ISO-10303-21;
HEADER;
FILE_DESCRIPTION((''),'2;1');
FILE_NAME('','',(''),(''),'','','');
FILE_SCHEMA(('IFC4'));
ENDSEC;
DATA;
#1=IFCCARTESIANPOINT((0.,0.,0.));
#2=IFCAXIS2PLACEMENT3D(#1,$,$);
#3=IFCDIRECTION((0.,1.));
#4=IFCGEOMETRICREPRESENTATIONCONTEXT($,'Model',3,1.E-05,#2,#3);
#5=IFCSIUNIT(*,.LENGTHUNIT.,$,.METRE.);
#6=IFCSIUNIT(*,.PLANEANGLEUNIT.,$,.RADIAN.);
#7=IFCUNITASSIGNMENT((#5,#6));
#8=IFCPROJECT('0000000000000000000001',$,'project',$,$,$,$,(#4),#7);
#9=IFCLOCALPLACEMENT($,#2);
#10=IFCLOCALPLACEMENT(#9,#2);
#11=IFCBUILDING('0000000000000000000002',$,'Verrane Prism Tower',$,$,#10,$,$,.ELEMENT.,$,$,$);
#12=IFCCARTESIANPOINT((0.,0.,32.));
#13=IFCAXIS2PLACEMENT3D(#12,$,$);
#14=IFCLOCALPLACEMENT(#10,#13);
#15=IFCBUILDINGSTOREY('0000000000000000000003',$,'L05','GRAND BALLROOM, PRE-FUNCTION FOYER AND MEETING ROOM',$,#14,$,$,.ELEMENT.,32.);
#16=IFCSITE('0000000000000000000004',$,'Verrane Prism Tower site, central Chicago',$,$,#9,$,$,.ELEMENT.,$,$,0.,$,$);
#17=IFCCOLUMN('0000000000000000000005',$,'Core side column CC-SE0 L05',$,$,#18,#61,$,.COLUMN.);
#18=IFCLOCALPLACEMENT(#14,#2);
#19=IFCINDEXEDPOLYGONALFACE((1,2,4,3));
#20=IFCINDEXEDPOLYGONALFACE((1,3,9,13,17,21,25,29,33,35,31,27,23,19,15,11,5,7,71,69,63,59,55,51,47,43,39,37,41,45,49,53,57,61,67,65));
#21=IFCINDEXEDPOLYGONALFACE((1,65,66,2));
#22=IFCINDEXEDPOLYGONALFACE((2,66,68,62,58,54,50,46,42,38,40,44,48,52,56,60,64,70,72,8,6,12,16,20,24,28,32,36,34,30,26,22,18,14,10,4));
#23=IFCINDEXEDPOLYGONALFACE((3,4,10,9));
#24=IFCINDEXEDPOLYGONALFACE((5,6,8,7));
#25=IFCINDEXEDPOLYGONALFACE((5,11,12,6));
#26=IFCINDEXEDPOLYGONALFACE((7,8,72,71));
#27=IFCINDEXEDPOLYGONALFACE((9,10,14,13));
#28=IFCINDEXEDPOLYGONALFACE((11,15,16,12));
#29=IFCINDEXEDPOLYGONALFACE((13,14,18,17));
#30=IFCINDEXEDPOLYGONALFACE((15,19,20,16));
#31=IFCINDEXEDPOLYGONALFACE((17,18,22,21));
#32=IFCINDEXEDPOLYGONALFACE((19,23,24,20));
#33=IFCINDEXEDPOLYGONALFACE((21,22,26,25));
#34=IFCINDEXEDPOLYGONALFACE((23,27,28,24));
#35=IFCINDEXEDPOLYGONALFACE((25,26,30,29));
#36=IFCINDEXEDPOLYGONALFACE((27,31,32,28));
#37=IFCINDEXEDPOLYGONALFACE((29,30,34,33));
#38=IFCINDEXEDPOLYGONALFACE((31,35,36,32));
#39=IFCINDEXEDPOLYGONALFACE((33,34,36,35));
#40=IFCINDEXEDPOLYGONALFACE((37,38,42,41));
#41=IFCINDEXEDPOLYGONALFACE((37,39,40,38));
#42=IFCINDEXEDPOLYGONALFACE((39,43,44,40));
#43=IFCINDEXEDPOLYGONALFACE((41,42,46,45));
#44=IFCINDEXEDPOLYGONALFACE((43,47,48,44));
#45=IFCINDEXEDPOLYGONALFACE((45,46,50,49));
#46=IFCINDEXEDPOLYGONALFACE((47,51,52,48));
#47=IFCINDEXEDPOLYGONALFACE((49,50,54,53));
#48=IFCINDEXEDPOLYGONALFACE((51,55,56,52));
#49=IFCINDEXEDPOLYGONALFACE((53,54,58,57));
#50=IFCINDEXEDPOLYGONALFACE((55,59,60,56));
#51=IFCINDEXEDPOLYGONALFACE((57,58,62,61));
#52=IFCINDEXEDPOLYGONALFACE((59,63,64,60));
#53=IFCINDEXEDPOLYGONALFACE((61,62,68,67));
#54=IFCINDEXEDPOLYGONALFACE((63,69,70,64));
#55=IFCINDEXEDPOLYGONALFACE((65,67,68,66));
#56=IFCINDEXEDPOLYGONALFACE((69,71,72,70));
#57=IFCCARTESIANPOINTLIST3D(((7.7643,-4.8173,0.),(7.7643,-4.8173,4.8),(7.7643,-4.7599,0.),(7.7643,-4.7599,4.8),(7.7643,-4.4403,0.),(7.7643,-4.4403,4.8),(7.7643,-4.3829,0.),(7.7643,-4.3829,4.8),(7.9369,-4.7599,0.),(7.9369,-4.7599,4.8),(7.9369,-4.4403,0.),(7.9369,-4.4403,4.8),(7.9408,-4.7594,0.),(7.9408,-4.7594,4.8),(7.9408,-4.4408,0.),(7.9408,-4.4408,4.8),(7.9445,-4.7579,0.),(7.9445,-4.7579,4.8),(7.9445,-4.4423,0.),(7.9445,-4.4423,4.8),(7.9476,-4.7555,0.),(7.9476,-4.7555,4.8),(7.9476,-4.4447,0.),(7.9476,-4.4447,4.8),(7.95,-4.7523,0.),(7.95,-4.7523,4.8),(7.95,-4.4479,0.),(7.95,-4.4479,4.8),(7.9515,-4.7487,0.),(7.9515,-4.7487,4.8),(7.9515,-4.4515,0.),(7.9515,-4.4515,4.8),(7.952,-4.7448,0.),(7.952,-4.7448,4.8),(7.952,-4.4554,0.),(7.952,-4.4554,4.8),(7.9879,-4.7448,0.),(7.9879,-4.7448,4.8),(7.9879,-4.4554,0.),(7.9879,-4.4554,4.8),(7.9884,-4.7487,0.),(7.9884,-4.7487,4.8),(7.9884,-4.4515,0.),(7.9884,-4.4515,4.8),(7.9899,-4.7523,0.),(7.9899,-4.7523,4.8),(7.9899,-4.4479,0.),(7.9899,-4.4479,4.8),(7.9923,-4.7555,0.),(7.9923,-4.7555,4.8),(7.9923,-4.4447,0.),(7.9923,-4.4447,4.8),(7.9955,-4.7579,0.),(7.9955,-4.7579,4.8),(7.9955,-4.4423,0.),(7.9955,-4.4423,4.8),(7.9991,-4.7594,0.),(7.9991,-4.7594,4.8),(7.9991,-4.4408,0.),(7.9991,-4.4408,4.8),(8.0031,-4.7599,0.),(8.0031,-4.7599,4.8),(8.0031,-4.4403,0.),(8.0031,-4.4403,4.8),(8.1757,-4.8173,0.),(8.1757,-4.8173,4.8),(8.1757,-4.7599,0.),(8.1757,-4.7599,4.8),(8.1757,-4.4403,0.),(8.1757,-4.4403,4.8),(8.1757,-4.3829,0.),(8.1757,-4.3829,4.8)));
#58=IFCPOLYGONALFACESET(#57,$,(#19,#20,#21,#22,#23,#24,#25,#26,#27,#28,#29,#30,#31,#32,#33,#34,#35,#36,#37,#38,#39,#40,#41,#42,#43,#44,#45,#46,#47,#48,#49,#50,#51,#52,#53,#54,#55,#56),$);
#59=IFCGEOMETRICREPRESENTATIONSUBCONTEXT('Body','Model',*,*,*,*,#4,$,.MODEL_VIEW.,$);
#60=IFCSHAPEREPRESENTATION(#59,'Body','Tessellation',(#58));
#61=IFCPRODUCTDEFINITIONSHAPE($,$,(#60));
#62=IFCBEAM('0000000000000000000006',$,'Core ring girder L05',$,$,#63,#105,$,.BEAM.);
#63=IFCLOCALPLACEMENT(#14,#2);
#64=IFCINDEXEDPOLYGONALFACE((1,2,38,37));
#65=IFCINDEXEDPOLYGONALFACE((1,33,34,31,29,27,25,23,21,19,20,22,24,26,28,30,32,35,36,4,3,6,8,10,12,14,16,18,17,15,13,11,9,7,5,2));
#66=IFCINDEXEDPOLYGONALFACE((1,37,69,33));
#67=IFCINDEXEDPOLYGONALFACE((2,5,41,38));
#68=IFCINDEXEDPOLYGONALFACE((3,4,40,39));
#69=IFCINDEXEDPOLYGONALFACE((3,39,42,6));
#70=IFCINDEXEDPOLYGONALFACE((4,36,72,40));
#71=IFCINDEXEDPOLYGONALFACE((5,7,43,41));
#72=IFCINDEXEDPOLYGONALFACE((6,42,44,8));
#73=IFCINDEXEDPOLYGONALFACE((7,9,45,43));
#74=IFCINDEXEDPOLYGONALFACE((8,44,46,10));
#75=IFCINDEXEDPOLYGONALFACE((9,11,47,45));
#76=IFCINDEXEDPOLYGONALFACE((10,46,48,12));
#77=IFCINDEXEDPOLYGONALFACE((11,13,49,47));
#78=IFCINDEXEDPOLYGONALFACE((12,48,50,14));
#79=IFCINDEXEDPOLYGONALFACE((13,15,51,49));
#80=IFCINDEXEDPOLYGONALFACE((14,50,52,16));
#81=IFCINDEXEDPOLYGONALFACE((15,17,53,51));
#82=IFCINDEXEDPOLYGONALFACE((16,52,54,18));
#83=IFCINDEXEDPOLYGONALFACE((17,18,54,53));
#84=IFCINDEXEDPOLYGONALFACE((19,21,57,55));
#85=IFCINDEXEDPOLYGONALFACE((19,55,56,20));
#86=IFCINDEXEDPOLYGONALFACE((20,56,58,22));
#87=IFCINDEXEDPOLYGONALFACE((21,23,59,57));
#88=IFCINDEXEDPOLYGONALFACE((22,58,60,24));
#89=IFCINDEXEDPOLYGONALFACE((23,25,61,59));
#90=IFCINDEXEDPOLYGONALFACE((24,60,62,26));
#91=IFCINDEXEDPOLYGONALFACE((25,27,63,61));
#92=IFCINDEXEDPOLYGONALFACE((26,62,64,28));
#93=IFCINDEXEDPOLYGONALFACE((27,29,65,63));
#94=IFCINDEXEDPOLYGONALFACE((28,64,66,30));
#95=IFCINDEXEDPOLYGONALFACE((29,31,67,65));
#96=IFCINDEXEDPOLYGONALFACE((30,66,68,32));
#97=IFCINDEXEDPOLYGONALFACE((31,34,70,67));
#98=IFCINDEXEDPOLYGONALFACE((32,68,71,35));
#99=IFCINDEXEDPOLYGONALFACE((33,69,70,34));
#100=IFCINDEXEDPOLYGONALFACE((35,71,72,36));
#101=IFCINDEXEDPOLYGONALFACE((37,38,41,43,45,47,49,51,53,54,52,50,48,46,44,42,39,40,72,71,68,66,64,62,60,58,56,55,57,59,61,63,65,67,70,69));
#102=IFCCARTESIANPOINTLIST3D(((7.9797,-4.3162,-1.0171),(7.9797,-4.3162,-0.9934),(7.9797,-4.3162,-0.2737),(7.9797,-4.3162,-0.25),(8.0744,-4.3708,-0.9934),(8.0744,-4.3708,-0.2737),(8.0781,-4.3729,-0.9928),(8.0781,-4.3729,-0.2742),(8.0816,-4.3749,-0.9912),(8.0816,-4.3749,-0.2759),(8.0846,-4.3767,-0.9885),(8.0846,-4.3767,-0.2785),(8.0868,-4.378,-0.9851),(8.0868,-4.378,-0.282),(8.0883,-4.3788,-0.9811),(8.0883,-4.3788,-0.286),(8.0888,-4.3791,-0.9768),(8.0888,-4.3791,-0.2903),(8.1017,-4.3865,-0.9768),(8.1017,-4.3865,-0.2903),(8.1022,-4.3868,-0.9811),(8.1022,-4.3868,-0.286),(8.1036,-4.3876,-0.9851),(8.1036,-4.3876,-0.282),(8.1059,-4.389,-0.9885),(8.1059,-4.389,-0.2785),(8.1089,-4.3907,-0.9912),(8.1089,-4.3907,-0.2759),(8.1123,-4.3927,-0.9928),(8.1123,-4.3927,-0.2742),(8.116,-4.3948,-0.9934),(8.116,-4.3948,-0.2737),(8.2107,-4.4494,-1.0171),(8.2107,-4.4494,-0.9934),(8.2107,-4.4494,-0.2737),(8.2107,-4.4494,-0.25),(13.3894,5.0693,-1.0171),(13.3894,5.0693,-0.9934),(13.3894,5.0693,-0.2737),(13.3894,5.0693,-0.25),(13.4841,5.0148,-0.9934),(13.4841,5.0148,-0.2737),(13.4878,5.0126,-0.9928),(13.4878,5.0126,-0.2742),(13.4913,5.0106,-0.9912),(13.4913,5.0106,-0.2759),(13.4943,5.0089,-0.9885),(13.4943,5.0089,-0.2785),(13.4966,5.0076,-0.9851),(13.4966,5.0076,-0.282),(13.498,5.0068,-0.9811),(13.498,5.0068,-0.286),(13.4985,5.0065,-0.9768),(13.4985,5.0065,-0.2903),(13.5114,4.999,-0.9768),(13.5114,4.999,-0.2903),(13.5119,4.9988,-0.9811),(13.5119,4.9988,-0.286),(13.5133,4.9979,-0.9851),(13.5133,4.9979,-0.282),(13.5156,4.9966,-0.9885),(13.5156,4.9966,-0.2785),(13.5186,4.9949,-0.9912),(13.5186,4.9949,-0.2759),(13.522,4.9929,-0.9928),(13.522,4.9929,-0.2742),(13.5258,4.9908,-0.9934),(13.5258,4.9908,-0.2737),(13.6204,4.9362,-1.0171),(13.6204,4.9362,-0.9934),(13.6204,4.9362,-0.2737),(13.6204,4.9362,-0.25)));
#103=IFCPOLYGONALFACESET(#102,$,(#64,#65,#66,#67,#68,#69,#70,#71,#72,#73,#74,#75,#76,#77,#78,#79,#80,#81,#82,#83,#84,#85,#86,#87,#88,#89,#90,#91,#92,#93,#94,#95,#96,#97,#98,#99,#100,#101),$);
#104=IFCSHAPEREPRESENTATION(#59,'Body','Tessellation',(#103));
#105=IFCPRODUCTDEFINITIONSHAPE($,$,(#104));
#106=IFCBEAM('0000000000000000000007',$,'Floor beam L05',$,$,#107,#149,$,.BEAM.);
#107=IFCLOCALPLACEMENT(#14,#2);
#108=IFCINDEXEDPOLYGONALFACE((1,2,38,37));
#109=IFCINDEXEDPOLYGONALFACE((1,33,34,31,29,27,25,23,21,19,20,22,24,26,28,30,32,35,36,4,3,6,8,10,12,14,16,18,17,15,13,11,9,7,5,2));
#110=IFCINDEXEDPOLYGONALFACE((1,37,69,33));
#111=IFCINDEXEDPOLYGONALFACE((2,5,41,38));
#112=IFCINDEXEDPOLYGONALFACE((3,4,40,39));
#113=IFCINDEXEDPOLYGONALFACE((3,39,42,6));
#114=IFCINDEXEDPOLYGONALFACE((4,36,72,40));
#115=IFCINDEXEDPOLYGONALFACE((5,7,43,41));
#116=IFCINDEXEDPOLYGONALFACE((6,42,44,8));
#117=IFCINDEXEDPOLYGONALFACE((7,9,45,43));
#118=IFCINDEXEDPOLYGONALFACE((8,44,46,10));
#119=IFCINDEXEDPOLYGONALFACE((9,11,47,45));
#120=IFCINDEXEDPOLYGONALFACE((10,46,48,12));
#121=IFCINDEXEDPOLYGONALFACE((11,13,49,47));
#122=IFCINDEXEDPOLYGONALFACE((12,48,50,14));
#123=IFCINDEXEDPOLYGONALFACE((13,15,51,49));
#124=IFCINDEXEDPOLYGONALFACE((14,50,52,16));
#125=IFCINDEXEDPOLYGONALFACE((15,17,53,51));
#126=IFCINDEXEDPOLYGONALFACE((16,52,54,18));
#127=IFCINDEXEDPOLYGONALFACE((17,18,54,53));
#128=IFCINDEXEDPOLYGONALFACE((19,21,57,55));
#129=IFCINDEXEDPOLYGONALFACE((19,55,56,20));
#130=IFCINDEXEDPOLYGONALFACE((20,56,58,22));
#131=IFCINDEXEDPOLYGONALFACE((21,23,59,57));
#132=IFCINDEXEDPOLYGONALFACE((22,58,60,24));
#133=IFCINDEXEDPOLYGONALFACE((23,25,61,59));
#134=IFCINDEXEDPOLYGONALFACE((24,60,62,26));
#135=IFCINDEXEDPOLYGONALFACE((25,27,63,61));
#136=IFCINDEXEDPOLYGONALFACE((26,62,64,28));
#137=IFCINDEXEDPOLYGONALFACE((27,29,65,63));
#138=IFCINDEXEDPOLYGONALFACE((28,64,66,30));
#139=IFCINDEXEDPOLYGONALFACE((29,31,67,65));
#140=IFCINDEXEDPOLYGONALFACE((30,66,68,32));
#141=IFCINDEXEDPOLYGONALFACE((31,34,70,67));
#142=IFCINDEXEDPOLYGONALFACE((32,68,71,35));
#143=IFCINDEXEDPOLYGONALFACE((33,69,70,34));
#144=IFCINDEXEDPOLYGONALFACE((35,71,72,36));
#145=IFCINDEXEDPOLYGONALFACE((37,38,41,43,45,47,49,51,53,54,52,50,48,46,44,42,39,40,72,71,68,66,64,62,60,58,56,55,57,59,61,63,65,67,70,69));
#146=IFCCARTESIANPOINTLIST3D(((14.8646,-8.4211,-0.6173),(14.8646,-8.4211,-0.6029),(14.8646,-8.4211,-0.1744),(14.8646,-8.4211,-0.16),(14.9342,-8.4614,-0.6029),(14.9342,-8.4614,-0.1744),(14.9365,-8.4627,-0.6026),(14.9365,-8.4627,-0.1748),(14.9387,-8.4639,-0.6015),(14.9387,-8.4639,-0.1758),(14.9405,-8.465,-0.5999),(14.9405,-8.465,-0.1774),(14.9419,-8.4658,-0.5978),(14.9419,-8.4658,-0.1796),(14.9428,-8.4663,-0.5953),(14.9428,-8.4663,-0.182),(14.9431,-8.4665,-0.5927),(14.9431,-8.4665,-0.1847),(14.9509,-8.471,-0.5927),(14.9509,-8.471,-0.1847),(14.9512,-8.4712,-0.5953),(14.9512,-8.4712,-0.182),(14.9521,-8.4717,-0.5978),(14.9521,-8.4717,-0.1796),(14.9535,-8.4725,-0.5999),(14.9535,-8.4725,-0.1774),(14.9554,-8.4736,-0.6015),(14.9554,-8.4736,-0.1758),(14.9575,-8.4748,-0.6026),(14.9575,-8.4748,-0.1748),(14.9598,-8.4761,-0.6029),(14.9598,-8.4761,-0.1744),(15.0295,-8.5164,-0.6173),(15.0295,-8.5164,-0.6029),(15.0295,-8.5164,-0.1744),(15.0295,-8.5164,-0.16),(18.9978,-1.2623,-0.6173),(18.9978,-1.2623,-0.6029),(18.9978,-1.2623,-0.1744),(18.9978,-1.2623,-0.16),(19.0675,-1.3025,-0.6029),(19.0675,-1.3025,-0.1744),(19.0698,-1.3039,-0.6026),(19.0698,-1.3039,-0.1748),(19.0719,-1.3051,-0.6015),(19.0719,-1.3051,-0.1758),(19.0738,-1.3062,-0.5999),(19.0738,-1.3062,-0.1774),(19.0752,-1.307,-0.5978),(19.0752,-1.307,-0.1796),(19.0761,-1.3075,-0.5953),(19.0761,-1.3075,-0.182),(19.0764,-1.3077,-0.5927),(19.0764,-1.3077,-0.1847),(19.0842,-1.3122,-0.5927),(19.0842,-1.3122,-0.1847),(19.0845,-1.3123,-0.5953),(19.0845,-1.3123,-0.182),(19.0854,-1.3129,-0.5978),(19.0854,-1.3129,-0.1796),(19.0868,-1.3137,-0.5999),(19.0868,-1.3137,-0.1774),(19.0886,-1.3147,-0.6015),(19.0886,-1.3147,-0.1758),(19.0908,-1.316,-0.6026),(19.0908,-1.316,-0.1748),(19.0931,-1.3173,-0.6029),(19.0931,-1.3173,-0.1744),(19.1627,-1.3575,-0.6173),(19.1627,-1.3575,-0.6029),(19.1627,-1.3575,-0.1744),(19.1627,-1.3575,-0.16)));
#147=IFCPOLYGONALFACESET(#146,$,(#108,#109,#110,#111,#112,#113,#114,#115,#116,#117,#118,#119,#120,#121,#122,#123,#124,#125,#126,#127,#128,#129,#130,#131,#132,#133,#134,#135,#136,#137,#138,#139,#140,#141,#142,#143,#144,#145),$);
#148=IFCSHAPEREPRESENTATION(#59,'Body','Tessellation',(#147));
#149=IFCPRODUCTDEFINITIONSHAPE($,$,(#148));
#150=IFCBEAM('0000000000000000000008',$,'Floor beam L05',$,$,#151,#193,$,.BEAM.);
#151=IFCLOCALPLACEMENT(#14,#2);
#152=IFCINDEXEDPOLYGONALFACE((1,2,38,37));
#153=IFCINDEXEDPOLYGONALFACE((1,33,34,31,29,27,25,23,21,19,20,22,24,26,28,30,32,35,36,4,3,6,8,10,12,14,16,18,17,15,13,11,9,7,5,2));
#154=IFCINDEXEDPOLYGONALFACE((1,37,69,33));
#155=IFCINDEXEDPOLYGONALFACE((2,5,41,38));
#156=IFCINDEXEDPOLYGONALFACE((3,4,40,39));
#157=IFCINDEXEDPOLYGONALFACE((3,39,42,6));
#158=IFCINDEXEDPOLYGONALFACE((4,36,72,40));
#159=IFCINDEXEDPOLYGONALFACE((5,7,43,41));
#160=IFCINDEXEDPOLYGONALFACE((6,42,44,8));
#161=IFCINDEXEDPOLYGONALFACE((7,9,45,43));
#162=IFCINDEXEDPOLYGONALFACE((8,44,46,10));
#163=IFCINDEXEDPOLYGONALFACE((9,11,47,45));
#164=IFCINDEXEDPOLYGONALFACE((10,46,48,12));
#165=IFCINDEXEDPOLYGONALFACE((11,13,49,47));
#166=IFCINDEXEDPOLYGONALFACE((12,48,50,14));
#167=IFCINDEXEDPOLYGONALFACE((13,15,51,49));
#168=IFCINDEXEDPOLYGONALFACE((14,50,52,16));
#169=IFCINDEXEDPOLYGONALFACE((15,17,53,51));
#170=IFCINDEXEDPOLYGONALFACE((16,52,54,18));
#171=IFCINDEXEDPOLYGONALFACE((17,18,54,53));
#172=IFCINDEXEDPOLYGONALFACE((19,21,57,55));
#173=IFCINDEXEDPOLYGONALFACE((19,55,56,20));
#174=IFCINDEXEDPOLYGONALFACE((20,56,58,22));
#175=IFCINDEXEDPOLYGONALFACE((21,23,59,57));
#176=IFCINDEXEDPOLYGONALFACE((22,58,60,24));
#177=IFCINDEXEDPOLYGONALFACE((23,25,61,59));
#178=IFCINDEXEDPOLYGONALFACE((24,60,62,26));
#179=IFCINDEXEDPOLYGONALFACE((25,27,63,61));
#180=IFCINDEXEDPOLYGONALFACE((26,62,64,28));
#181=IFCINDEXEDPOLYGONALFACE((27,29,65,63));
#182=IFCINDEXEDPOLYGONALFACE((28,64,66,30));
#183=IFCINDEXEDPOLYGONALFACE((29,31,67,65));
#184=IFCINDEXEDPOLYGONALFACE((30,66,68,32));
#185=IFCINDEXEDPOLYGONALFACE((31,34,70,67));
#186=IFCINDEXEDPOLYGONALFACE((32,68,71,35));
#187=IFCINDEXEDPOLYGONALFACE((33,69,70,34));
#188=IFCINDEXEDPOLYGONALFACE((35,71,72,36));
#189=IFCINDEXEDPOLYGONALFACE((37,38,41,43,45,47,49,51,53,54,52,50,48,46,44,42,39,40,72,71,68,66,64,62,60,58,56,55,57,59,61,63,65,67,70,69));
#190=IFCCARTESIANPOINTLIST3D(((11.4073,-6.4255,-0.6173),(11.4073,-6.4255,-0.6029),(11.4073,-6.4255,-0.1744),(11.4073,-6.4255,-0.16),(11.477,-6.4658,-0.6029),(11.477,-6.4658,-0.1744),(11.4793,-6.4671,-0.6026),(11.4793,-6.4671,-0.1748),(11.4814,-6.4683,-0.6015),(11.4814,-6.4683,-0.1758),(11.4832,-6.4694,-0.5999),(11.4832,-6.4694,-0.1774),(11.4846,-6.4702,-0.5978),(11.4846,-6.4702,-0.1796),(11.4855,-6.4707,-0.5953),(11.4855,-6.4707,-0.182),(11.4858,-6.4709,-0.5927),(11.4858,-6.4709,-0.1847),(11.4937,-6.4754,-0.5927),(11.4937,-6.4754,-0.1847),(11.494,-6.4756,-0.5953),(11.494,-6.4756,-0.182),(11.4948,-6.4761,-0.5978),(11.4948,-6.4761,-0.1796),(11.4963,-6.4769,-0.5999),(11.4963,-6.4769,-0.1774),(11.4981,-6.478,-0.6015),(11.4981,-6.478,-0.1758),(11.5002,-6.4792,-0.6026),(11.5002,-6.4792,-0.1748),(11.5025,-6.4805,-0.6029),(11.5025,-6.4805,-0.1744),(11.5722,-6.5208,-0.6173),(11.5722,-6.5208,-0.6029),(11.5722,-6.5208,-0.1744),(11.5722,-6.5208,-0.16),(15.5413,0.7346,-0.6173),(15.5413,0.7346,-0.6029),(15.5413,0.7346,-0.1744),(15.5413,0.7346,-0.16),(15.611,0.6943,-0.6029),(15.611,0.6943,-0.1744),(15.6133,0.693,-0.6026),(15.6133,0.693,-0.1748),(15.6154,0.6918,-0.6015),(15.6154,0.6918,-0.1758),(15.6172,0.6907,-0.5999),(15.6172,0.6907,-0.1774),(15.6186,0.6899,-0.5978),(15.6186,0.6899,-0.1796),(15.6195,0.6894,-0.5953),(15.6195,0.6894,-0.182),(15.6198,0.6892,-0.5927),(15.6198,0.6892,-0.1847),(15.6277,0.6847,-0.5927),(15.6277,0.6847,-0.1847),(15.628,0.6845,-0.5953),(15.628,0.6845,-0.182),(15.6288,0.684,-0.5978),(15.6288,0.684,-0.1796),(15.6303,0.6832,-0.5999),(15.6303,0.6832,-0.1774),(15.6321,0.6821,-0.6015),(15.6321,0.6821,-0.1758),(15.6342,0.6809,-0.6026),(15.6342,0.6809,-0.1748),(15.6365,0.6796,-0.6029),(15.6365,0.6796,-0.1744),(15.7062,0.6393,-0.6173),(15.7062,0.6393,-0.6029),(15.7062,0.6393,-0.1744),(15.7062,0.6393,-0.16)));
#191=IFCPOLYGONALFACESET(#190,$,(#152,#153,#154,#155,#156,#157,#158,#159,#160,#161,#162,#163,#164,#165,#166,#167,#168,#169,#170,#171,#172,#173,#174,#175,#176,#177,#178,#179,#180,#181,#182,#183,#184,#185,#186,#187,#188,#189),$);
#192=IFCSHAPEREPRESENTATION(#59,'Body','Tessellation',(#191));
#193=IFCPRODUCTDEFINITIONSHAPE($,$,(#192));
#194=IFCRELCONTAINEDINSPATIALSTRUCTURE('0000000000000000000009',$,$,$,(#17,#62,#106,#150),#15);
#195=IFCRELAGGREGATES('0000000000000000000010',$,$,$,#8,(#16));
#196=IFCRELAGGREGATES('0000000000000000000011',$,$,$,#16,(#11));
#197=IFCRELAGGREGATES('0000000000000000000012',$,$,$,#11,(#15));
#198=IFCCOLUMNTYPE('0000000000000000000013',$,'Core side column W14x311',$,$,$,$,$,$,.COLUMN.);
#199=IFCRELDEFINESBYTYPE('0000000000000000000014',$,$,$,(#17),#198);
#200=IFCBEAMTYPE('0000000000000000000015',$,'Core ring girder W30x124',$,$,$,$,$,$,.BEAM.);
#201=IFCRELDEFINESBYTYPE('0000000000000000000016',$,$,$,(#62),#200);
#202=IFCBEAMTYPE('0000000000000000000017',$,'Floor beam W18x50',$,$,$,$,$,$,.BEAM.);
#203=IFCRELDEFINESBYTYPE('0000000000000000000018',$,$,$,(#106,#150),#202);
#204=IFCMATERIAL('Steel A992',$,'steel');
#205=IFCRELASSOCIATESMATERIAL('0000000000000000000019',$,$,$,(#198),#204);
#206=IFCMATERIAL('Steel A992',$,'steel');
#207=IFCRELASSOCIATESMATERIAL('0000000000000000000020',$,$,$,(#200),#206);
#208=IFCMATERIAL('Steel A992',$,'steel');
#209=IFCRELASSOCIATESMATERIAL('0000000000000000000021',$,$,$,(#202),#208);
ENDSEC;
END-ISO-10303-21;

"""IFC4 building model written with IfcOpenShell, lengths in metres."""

from ifc_helpers import new_model, si_unit, direction, frame, origin, origin_2d, place, context, subcontext, project, spatial, i_section, extrude, material, material_profile, profile_set, type_object, element, save


model = new_model("IFC4")

# Units and contexts
model_context = context("Model", 3, precision=1e-05, world=origin(), true_north=direction((0.0, 1.0)))
body_context = subcontext(model_context, "Body", "Model", "MODEL_VIEW")
ifc_project = project(units=[si_unit("LENGTHUNIT", "METRE"), si_unit("PLANEANGLEUNIT", "RADIAN")], contexts=[model_context])

# Site, building, storey
site_placement = place(None, origin())
site = spatial("IfcSite", under=ifc_project, at=site_placement, Name="Verrane Prism Tower site, central Chicago", CompositionType="ELEMENT", RefElevation=0.0)
building_placement = place(site_placement, origin())
building = spatial("IfcBuilding", under=site, at=building_placement, Name="Verrane Prism Tower", CompositionType="ELEMENT")
storey_placement = place(building_placement, frame((0.0, 0.0, 32.0)))
storey = spatial("IfcBuildingStorey", under=building, at=storey_placement, Name="L05", Description="GRAND BALLROOM, PRE-FUNCTION FOYER AND MEETING ROOM", CompositionType="ELEMENT", Elevation=32.0)

# Column
ifc_material_1 = material(Name="Steel A992", Category="steel")
ifc_material_profile_1 = material_profile(ifc_material_1, i_section(OverallWidth=0.4114, OverallDepth=0.4343, WebThickness=0.0359, FlangeThickness=0.0574, FilletRadius=0.0151, at=origin_2d()), Name="W14x311")
ifc_profile_set_1 = profile_set([ifc_material_profile_1], Name="Steel A992")
column_type = type_object("IfcColumnType", Name="Core side column W14x311", PredefinedType="COLUMN", material=ifc_profile_set_1)
column_placement = place(storey_placement, frame((7.97, -4.6001, 0.0), z_axis=(0.0, 0.0, 1.0), x_axis=(1.0, 0.0, 0.0)))
element("IfcColumn", 1, at=column_placement, inside=storey, type_object=column_type, Name="Core side column CC-SE0 L05", PredefinedType="COLUMN", context=body_context, shape_type="SweptSolid", body=[
    extrude(i_section(OverallWidth=0.4114, OverallDepth=0.4343, WebThickness=0.0359, FlangeThickness=0.0574, FilletRadius=0.0151, at=origin_2d()), origin(), (0.0, 0.0, 1.0), 4.8),
])

# Beams
ifc_material_2 = material(Name="Steel A992", Category="steel")
ifc_material_profile_2 = material_profile(ifc_material_2, i_section(OverallWidth=0.2666, OverallDepth=0.7671, WebThickness=0.0149, FlangeThickness=0.0237, FilletRadius=0.0166, at=origin_2d()), Name="W30x124")
ifc_profile_set_2 = profile_set([ifc_material_profile_2], Name="Steel A992")
beam_type_1 = type_object("IfcBeamType", Name="Core ring girder W30x124", PredefinedType="BEAM", material=ifc_profile_set_2)
beam_1_placement = place(storey_placement, frame((8.0952, -4.3828, -0.6335), z_axis=(0.499373, 0.866387, 0.0), x_axis=(-0.866387, 0.499373, 0.0)))
element("IfcBeam", 2, at=beam_1_placement, inside=storey, type_object=beam_type_1, Name="Core ring girder L05", PredefinedType="BEAM", context=body_context, shape_type="SweptSolid", body=[
    extrude(i_section(OverallWidth=0.2666, OverallDepth=0.7671, WebThickness=0.0149, FlangeThickness=0.0237, FilletRadius=0.0166, at=origin_2d()), origin(), (0.0, 0.0, 1.0), 10.833),
])
ifc_material_3 = material(Name="Steel A992", Category="steel")
ifc_material_profile_3 = material_profile(ifc_material_3, i_section(OverallWidth=0.1904, OverallDepth=0.4573, WebThickness=0.009, FlangeThickness=0.0144, FilletRadius=0.0103, at=origin_2d()), Name="W18x50")
ifc_profile_set_3 = profile_set([ifc_material_profile_3], Name="Steel A992")
beam_type_2 = type_object("IfcBeamType", Name="Floor beam W18x50", PredefinedType="BEAM", material=ifc_profile_set_3)
beam_2_placement = place(storey_placement, frame((14.947, -8.4688, -0.3887), z_axis=(0.500008, 0.866021, 0.0), x_axis=(-0.866021, 0.500008, 0.0)))
element("IfcBeam", 3, at=beam_2_placement, inside=storey, type_object=beam_type_2, Name="Floor beam L05", PredefinedType="BEAM", context=body_context, shape_type="SweptSolid", body=[
    extrude(i_section(OverallWidth=0.1904, OverallDepth=0.4573, WebThickness=0.009, FlangeThickness=0.0144, FilletRadius=0.0103, at=origin_2d()), origin(), (0.0, 0.0, 1.0), 8.2664),
])
beam_3_placement = place(storey_placement, frame((11.4897, -6.4731, -0.3887), z_axis=(0.50001, 0.866019, 0.0), x_axis=(-0.866019, 0.50001, 0.0)))
element("IfcBeam", 4, at=beam_3_placement, inside=storey, type_object=beam_type_2, Name="Floor beam L05", PredefinedType="BEAM", context=body_context, shape_type="SweptSolid", body=[
    extrude(i_section(OverallWidth=0.1904, OverallDepth=0.4573, WebThickness=0.009, FlangeThickness=0.0144, FilletRadius=0.0103, at=origin_2d()), origin(), (0.0, 0.0, 1.0), 8.2678),
])

save(model, "model.ifc")
